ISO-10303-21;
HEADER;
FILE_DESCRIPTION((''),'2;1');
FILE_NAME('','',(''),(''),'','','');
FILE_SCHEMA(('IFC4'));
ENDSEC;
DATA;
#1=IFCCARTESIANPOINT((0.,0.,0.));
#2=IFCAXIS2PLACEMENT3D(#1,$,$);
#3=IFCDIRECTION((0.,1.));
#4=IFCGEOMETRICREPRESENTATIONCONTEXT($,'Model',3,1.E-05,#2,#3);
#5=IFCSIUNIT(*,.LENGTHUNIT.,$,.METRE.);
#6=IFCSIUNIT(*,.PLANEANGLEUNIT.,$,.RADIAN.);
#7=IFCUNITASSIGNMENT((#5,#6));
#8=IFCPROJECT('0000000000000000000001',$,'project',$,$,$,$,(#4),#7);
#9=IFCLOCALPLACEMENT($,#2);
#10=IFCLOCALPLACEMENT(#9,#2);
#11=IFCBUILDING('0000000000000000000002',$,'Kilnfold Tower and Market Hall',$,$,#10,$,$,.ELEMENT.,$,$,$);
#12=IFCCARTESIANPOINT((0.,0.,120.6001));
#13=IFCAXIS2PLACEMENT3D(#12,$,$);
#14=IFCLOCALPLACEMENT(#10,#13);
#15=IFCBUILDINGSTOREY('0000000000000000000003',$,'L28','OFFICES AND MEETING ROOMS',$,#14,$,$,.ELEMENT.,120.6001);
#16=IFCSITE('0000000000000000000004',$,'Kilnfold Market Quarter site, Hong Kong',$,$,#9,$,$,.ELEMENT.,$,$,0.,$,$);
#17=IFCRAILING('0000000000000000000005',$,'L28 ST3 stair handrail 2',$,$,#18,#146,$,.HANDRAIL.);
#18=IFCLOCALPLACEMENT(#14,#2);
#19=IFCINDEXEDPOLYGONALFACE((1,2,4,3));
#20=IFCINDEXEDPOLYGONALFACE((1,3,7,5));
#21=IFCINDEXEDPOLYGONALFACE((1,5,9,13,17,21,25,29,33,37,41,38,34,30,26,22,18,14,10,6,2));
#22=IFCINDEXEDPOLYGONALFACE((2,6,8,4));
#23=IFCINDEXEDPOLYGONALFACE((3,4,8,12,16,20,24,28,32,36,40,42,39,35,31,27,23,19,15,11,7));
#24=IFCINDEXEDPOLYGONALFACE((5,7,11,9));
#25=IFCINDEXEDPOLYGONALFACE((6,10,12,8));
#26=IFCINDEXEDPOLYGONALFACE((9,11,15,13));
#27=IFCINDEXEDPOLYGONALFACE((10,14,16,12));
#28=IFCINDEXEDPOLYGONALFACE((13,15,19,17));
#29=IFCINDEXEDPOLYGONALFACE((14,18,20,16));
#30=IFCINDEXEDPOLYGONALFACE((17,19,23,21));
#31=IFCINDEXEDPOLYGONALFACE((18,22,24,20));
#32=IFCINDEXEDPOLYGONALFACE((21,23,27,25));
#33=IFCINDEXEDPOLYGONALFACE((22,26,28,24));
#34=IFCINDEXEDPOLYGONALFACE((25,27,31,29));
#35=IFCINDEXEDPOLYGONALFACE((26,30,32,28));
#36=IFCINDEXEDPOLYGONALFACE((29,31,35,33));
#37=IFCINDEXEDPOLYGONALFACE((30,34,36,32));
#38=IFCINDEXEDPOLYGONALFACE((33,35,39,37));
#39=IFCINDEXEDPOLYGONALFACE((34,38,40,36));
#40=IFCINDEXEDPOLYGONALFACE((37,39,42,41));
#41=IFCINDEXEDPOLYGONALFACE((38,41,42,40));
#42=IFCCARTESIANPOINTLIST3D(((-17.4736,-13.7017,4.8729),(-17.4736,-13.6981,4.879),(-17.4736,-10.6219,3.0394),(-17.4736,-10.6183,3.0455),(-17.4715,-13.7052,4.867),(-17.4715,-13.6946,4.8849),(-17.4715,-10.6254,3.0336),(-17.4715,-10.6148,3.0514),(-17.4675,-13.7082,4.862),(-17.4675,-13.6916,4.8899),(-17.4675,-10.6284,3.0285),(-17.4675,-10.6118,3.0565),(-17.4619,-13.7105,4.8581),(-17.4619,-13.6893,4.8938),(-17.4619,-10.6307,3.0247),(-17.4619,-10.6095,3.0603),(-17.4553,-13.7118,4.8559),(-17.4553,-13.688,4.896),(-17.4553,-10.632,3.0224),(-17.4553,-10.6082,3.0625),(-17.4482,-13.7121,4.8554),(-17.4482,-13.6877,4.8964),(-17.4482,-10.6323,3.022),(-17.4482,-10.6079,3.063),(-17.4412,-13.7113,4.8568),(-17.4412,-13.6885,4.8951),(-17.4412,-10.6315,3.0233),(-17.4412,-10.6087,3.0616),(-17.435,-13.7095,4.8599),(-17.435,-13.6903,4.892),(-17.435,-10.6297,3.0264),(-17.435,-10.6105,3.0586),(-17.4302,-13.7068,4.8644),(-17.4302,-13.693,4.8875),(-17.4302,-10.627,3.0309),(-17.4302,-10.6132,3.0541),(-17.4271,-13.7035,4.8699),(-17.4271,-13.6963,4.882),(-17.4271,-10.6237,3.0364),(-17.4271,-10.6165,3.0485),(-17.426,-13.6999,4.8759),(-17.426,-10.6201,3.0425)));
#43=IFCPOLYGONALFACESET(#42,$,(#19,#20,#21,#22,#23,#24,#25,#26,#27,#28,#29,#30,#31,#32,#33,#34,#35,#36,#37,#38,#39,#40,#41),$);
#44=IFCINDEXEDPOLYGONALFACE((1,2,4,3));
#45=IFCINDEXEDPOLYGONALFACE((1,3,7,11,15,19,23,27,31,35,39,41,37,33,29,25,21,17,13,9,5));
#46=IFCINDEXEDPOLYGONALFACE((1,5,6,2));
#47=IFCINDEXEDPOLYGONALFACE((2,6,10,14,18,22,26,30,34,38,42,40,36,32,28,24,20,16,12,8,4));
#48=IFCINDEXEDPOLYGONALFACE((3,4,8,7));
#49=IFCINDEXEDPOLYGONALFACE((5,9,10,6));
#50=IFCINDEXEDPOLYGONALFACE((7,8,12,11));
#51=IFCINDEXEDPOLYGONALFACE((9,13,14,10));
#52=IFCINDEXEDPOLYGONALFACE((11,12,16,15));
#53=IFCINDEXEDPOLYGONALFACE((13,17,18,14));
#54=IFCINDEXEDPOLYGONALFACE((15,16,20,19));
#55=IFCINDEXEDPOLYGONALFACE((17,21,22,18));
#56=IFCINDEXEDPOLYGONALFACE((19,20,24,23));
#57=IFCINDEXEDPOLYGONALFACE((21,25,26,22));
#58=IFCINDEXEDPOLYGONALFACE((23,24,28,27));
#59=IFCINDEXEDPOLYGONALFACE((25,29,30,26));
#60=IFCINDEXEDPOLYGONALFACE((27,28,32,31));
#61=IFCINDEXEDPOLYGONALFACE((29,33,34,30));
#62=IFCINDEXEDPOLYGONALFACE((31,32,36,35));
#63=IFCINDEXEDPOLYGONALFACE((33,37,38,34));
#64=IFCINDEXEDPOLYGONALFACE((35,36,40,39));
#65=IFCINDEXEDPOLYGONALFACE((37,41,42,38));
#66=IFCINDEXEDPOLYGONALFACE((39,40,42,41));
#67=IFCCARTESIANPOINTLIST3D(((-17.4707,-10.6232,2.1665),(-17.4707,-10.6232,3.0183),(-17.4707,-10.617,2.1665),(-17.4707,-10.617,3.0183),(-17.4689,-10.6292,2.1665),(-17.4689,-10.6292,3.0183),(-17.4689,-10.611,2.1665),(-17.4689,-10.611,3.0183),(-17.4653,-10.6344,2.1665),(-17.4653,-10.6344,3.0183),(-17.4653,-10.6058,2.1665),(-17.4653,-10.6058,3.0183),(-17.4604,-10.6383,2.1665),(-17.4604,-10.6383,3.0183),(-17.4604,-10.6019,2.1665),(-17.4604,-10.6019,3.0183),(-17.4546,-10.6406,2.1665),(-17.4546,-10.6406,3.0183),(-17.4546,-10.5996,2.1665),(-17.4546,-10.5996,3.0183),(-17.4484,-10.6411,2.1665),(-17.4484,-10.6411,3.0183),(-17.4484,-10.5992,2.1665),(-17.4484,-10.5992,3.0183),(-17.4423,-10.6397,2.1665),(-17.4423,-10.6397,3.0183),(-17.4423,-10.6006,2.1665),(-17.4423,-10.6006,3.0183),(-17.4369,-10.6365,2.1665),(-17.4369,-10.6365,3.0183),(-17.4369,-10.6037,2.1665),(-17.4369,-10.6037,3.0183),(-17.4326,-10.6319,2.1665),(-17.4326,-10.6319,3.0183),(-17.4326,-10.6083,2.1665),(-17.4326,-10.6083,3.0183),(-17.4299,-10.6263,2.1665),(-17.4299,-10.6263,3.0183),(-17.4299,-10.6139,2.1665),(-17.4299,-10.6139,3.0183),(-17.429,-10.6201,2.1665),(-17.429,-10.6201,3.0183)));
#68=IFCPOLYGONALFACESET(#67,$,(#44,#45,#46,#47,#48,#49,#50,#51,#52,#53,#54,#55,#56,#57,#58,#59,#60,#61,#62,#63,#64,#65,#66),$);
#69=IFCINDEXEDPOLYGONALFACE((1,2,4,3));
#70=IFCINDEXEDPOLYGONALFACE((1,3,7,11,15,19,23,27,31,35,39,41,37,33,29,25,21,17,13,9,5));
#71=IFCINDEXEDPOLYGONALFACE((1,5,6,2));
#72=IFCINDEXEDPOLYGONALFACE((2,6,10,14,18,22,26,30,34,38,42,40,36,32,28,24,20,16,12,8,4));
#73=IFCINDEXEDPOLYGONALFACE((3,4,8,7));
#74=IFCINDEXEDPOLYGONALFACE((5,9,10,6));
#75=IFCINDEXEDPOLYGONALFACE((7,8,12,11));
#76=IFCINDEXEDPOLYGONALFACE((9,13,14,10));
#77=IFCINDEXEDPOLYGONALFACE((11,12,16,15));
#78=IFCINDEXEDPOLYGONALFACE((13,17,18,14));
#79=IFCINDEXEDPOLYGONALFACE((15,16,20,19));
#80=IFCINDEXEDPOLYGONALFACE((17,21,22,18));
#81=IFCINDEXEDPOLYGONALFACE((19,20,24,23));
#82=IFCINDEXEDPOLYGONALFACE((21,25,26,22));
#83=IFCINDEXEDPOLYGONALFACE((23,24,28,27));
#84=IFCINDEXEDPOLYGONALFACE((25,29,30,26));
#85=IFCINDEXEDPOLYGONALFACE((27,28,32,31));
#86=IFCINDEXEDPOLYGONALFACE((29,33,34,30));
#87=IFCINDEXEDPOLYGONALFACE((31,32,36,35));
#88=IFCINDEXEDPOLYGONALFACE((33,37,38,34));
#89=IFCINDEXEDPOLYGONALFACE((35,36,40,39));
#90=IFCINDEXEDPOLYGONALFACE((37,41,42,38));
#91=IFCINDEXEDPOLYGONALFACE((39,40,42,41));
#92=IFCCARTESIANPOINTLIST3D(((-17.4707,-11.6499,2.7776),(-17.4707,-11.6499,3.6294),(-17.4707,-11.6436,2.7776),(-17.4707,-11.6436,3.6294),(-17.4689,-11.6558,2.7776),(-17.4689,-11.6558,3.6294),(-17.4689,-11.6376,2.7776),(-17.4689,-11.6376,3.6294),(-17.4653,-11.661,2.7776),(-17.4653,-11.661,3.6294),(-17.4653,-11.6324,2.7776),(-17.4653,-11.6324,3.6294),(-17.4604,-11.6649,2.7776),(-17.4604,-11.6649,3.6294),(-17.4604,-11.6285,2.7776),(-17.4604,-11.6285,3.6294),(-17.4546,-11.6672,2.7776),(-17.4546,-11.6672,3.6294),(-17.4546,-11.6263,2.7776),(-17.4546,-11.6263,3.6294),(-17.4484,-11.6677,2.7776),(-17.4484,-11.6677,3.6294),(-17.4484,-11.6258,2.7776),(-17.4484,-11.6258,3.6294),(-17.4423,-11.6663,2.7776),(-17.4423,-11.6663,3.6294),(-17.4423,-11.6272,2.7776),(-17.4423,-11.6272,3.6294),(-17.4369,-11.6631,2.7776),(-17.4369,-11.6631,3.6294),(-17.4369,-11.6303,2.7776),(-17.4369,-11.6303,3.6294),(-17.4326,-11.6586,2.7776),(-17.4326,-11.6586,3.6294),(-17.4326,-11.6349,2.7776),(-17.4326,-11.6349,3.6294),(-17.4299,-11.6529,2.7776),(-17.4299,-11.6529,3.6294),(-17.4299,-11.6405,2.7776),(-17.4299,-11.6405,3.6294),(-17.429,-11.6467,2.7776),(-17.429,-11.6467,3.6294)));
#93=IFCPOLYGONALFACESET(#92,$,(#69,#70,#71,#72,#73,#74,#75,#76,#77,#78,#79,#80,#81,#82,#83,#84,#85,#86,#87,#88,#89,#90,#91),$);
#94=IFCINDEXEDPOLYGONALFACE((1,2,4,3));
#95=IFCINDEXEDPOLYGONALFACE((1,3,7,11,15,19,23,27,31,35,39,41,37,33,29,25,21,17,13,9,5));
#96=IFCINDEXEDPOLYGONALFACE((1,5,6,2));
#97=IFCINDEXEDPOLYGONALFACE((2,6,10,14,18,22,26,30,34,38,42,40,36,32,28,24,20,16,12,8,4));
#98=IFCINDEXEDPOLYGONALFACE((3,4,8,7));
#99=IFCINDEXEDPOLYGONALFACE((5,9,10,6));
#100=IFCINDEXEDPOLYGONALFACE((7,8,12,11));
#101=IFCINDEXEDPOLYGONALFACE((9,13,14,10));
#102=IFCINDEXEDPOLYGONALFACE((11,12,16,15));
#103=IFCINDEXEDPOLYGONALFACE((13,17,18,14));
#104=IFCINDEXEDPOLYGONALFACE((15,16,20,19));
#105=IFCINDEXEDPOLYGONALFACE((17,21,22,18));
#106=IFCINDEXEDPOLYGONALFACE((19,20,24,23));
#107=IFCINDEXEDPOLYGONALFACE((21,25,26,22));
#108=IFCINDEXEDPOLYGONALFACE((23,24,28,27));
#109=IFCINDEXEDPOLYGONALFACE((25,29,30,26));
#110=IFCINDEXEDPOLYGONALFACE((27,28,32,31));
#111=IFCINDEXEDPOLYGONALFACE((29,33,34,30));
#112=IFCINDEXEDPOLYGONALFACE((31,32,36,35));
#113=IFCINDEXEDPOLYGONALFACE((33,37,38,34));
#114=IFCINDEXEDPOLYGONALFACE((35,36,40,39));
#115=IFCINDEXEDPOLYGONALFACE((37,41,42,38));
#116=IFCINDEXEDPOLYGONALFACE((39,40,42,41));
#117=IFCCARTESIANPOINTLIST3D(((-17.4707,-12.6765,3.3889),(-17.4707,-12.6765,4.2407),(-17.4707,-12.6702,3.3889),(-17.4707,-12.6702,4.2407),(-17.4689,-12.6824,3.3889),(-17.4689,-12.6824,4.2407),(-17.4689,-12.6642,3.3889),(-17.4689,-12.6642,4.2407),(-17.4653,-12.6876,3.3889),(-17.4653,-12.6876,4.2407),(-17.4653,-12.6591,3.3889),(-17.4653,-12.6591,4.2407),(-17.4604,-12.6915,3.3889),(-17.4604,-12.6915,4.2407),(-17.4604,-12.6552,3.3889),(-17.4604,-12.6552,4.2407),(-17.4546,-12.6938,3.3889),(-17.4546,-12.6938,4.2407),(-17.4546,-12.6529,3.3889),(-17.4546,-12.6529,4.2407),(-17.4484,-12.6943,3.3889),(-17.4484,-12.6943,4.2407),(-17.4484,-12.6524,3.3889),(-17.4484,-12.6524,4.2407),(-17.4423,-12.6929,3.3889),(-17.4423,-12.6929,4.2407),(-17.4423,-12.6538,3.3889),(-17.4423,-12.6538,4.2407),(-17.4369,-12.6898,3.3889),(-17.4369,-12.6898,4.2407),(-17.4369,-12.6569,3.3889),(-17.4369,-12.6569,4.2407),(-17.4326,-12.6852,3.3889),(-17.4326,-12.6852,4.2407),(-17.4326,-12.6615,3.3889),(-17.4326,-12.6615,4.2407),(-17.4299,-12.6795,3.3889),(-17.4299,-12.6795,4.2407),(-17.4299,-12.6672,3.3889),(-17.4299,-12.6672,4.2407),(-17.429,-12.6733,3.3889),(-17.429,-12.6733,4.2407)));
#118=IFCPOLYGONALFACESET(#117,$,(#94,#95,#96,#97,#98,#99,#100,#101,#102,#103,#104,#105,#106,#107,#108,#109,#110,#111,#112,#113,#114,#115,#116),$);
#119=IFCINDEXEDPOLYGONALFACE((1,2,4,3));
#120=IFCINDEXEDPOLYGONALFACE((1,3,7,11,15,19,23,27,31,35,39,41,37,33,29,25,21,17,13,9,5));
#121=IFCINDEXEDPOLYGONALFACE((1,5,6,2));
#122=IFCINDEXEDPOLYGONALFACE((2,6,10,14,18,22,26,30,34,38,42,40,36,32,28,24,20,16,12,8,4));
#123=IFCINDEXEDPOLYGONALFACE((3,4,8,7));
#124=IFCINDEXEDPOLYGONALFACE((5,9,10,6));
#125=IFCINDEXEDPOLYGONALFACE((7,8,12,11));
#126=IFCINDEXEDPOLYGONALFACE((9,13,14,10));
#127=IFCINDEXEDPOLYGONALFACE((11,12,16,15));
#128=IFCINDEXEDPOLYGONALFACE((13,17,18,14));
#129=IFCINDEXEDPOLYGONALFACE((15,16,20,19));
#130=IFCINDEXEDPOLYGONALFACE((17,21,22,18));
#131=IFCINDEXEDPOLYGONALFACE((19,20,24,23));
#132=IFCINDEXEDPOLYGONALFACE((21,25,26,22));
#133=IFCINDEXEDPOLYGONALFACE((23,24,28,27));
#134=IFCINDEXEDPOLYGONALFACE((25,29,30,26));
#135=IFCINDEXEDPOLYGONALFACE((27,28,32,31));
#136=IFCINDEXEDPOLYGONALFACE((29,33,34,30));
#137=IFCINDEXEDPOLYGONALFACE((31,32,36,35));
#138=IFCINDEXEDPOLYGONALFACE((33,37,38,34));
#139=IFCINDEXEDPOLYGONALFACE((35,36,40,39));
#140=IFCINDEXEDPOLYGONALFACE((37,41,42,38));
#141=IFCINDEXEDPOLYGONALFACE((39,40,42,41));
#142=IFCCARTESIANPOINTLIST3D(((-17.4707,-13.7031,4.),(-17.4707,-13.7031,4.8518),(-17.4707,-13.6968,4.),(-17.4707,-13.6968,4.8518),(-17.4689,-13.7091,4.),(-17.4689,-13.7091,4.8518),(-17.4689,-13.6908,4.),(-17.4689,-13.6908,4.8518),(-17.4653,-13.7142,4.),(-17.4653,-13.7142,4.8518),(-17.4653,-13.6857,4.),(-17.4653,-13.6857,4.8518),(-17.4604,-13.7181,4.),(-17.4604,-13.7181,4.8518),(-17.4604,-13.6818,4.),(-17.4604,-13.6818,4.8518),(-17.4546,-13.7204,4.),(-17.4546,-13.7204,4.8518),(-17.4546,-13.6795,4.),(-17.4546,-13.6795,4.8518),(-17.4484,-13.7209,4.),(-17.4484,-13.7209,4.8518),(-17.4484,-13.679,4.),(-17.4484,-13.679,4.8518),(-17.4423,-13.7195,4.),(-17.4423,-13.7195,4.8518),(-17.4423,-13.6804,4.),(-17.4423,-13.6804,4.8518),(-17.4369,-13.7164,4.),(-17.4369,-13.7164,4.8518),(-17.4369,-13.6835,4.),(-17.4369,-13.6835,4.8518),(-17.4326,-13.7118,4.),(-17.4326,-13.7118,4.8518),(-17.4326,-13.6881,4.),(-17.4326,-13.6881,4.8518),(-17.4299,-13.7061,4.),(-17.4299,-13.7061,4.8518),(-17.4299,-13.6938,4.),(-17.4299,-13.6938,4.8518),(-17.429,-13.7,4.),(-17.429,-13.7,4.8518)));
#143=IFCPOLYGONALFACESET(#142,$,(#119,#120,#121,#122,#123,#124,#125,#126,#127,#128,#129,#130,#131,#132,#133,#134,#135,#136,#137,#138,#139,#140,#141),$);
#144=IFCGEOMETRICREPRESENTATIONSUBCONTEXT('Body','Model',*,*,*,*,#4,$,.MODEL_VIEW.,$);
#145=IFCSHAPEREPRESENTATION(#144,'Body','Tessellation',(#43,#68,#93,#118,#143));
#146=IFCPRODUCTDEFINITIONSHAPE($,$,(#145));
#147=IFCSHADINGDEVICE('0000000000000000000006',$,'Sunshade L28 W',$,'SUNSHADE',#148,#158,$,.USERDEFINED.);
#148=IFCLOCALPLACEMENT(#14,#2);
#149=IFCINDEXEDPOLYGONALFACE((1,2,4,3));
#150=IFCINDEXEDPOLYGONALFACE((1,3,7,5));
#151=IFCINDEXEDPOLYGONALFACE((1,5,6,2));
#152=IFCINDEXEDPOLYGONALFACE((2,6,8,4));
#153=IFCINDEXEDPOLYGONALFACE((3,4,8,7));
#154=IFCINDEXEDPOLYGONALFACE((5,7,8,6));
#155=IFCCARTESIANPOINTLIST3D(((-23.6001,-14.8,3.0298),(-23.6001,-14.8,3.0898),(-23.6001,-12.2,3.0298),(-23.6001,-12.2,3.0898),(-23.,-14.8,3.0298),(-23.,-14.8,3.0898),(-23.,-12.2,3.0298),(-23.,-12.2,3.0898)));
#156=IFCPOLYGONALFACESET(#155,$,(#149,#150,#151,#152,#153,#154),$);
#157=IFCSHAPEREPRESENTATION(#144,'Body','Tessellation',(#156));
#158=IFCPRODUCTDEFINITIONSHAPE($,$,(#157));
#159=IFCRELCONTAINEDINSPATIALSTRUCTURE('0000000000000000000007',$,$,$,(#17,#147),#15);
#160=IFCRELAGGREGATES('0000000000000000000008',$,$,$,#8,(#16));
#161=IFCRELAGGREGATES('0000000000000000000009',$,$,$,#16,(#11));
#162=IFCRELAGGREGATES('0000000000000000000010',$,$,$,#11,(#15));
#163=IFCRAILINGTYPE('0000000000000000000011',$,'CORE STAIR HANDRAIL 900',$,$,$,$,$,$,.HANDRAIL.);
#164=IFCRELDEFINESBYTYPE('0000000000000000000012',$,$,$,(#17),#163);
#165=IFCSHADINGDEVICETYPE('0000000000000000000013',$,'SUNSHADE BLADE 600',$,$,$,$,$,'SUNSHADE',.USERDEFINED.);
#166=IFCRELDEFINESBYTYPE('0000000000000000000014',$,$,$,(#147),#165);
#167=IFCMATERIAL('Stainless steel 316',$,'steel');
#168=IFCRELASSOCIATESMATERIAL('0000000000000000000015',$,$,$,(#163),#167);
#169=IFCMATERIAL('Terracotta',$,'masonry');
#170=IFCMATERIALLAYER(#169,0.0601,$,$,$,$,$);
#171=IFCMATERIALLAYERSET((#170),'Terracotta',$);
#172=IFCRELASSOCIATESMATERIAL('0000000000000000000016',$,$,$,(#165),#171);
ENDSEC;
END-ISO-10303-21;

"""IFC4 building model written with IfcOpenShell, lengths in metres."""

from ifc_helpers import new_model, si_unit, direction, frame, origin, origin_2d, place, context, subcontext, project, spatial, rectangle, circle, extrude, source, transform, mapped, material, layer, layer_set, type_object, element, save


model = new_model("IFC4")

# Units and contexts
model_context = context("Model", 3, precision=1e-05, world=origin(), true_north=direction((0.0, 1.0)))
body_context = subcontext(model_context, "Body", "Model", "MODEL_VIEW")
ifc_project = project(units=[si_unit("LENGTHUNIT", "METRE"), si_unit("PLANEANGLEUNIT", "RADIAN")], contexts=[model_context])

# Site, building, storey
site_placement = place(None, origin())
site = spatial("IfcSite", under=ifc_project, at=site_placement, Name="Kilnfold Market Quarter site, Hong Kong", CompositionType="ELEMENT", RefElevation=0.0)
building_placement = place(site_placement, origin())
building = spatial("IfcBuilding", under=site, at=building_placement, Name="Kilnfold Tower and Market Hall", CompositionType="ELEMENT")
storey_placement = place(building_placement, frame((0.0, 0.0, 120.6001)))
storey = spatial("IfcBuildingStorey", under=building, at=storey_placement, Name="L28", Description="OFFICES AND MEETING ROOMS", CompositionType="ELEMENT", Elevation=120.6001)

# Railing
ifc_material_1 = material(Name="Stainless steel 316", Category="steel")
railing_type_1 = type_object("IfcRailingType", Name="CORE STAIR HANDRAIL 900", PredefinedType="HANDRAIL", material=ifc_material_1)
railing_1_placement = place(storey_placement, frame((-17.45, -10.6201, 2.1665)))
element("IfcRailing", 1, at=railing_1_placement, inside=storey, type_object=railing_type_1, Name="L28 ST3 stair handrail 2", PredefinedType="HANDRAIL", context=body_context, shape_type="SweptSolid", body=[
    extrude(circle(Radius=0.0239, at=origin_2d()), frame((0.0, 0.0, 0.876), z_axis=(0.0, -0.859261, 0.511538), x_axis=(1.0, 0.0, 0.0)), (0.0, 0.0, 1.0), 3.5842),
    extrude(circle(Radius=0.021, at=origin_2d()), origin(), (0.0, 0.0, 1.0), 0.8518),
    extrude(circle(Radius=0.021, at=origin_2d()), frame((0.0, -1.0266, 0.6111)), (0.0, 0.0, 1.0), 0.8518),
    extrude(circle(Radius=0.021, at=origin_2d()), frame((0.0, -2.0532, 1.2224)), (0.0, 0.0, 1.0), 0.8518),
    extrude(circle(Radius=0.021, at=origin_2d()), frame((0.0, -3.0798, 1.8335)), (0.0, 0.0, 1.0), 0.8518),
])

# Shading device
ifc_material_2 = material(Name="Terracotta", Category="masonry")
ifc_layer_1 = layer(ifc_material_2, 0.0601)
ifc_layer_set_1 = layer_set([ifc_layer_1], Name="Terracotta")
shading_device_type = type_object("IfcShadingDeviceType", Name="SUNSHADE BLADE 600", ElementType="SUNSHADE", PredefinedType="USERDEFINED", material=ifc_layer_set_1)
shared_shape_1 = source(origin(), body_context, "Body", "SweptSolid", [
    extrude(rectangle(XDim=2.6001, YDim=0.6001, at=origin_2d()), origin(), (0.0, 0.0, 1.0), 0.0601),
])
shading_device_placement = place(storey_placement, frame((-23.3, -13.5, 3.0298), z_axis=(0.0, 0.0, 1.0), x_axis=(0.0, -1.0, 0.0)))
element("IfcShadingDevice", 2, at=shading_device_placement, inside=storey, type_object=shading_device_type, Name="Sunshade L28 W", ObjectType="SUNSHADE", PredefinedType="USERDEFINED", context=body_context, shape_type="MappedRepresentation", body=[
    mapped(shared_shape_1, transform((0.0, 0.0, 0.0))),
])

save(model, "model.ifc")
